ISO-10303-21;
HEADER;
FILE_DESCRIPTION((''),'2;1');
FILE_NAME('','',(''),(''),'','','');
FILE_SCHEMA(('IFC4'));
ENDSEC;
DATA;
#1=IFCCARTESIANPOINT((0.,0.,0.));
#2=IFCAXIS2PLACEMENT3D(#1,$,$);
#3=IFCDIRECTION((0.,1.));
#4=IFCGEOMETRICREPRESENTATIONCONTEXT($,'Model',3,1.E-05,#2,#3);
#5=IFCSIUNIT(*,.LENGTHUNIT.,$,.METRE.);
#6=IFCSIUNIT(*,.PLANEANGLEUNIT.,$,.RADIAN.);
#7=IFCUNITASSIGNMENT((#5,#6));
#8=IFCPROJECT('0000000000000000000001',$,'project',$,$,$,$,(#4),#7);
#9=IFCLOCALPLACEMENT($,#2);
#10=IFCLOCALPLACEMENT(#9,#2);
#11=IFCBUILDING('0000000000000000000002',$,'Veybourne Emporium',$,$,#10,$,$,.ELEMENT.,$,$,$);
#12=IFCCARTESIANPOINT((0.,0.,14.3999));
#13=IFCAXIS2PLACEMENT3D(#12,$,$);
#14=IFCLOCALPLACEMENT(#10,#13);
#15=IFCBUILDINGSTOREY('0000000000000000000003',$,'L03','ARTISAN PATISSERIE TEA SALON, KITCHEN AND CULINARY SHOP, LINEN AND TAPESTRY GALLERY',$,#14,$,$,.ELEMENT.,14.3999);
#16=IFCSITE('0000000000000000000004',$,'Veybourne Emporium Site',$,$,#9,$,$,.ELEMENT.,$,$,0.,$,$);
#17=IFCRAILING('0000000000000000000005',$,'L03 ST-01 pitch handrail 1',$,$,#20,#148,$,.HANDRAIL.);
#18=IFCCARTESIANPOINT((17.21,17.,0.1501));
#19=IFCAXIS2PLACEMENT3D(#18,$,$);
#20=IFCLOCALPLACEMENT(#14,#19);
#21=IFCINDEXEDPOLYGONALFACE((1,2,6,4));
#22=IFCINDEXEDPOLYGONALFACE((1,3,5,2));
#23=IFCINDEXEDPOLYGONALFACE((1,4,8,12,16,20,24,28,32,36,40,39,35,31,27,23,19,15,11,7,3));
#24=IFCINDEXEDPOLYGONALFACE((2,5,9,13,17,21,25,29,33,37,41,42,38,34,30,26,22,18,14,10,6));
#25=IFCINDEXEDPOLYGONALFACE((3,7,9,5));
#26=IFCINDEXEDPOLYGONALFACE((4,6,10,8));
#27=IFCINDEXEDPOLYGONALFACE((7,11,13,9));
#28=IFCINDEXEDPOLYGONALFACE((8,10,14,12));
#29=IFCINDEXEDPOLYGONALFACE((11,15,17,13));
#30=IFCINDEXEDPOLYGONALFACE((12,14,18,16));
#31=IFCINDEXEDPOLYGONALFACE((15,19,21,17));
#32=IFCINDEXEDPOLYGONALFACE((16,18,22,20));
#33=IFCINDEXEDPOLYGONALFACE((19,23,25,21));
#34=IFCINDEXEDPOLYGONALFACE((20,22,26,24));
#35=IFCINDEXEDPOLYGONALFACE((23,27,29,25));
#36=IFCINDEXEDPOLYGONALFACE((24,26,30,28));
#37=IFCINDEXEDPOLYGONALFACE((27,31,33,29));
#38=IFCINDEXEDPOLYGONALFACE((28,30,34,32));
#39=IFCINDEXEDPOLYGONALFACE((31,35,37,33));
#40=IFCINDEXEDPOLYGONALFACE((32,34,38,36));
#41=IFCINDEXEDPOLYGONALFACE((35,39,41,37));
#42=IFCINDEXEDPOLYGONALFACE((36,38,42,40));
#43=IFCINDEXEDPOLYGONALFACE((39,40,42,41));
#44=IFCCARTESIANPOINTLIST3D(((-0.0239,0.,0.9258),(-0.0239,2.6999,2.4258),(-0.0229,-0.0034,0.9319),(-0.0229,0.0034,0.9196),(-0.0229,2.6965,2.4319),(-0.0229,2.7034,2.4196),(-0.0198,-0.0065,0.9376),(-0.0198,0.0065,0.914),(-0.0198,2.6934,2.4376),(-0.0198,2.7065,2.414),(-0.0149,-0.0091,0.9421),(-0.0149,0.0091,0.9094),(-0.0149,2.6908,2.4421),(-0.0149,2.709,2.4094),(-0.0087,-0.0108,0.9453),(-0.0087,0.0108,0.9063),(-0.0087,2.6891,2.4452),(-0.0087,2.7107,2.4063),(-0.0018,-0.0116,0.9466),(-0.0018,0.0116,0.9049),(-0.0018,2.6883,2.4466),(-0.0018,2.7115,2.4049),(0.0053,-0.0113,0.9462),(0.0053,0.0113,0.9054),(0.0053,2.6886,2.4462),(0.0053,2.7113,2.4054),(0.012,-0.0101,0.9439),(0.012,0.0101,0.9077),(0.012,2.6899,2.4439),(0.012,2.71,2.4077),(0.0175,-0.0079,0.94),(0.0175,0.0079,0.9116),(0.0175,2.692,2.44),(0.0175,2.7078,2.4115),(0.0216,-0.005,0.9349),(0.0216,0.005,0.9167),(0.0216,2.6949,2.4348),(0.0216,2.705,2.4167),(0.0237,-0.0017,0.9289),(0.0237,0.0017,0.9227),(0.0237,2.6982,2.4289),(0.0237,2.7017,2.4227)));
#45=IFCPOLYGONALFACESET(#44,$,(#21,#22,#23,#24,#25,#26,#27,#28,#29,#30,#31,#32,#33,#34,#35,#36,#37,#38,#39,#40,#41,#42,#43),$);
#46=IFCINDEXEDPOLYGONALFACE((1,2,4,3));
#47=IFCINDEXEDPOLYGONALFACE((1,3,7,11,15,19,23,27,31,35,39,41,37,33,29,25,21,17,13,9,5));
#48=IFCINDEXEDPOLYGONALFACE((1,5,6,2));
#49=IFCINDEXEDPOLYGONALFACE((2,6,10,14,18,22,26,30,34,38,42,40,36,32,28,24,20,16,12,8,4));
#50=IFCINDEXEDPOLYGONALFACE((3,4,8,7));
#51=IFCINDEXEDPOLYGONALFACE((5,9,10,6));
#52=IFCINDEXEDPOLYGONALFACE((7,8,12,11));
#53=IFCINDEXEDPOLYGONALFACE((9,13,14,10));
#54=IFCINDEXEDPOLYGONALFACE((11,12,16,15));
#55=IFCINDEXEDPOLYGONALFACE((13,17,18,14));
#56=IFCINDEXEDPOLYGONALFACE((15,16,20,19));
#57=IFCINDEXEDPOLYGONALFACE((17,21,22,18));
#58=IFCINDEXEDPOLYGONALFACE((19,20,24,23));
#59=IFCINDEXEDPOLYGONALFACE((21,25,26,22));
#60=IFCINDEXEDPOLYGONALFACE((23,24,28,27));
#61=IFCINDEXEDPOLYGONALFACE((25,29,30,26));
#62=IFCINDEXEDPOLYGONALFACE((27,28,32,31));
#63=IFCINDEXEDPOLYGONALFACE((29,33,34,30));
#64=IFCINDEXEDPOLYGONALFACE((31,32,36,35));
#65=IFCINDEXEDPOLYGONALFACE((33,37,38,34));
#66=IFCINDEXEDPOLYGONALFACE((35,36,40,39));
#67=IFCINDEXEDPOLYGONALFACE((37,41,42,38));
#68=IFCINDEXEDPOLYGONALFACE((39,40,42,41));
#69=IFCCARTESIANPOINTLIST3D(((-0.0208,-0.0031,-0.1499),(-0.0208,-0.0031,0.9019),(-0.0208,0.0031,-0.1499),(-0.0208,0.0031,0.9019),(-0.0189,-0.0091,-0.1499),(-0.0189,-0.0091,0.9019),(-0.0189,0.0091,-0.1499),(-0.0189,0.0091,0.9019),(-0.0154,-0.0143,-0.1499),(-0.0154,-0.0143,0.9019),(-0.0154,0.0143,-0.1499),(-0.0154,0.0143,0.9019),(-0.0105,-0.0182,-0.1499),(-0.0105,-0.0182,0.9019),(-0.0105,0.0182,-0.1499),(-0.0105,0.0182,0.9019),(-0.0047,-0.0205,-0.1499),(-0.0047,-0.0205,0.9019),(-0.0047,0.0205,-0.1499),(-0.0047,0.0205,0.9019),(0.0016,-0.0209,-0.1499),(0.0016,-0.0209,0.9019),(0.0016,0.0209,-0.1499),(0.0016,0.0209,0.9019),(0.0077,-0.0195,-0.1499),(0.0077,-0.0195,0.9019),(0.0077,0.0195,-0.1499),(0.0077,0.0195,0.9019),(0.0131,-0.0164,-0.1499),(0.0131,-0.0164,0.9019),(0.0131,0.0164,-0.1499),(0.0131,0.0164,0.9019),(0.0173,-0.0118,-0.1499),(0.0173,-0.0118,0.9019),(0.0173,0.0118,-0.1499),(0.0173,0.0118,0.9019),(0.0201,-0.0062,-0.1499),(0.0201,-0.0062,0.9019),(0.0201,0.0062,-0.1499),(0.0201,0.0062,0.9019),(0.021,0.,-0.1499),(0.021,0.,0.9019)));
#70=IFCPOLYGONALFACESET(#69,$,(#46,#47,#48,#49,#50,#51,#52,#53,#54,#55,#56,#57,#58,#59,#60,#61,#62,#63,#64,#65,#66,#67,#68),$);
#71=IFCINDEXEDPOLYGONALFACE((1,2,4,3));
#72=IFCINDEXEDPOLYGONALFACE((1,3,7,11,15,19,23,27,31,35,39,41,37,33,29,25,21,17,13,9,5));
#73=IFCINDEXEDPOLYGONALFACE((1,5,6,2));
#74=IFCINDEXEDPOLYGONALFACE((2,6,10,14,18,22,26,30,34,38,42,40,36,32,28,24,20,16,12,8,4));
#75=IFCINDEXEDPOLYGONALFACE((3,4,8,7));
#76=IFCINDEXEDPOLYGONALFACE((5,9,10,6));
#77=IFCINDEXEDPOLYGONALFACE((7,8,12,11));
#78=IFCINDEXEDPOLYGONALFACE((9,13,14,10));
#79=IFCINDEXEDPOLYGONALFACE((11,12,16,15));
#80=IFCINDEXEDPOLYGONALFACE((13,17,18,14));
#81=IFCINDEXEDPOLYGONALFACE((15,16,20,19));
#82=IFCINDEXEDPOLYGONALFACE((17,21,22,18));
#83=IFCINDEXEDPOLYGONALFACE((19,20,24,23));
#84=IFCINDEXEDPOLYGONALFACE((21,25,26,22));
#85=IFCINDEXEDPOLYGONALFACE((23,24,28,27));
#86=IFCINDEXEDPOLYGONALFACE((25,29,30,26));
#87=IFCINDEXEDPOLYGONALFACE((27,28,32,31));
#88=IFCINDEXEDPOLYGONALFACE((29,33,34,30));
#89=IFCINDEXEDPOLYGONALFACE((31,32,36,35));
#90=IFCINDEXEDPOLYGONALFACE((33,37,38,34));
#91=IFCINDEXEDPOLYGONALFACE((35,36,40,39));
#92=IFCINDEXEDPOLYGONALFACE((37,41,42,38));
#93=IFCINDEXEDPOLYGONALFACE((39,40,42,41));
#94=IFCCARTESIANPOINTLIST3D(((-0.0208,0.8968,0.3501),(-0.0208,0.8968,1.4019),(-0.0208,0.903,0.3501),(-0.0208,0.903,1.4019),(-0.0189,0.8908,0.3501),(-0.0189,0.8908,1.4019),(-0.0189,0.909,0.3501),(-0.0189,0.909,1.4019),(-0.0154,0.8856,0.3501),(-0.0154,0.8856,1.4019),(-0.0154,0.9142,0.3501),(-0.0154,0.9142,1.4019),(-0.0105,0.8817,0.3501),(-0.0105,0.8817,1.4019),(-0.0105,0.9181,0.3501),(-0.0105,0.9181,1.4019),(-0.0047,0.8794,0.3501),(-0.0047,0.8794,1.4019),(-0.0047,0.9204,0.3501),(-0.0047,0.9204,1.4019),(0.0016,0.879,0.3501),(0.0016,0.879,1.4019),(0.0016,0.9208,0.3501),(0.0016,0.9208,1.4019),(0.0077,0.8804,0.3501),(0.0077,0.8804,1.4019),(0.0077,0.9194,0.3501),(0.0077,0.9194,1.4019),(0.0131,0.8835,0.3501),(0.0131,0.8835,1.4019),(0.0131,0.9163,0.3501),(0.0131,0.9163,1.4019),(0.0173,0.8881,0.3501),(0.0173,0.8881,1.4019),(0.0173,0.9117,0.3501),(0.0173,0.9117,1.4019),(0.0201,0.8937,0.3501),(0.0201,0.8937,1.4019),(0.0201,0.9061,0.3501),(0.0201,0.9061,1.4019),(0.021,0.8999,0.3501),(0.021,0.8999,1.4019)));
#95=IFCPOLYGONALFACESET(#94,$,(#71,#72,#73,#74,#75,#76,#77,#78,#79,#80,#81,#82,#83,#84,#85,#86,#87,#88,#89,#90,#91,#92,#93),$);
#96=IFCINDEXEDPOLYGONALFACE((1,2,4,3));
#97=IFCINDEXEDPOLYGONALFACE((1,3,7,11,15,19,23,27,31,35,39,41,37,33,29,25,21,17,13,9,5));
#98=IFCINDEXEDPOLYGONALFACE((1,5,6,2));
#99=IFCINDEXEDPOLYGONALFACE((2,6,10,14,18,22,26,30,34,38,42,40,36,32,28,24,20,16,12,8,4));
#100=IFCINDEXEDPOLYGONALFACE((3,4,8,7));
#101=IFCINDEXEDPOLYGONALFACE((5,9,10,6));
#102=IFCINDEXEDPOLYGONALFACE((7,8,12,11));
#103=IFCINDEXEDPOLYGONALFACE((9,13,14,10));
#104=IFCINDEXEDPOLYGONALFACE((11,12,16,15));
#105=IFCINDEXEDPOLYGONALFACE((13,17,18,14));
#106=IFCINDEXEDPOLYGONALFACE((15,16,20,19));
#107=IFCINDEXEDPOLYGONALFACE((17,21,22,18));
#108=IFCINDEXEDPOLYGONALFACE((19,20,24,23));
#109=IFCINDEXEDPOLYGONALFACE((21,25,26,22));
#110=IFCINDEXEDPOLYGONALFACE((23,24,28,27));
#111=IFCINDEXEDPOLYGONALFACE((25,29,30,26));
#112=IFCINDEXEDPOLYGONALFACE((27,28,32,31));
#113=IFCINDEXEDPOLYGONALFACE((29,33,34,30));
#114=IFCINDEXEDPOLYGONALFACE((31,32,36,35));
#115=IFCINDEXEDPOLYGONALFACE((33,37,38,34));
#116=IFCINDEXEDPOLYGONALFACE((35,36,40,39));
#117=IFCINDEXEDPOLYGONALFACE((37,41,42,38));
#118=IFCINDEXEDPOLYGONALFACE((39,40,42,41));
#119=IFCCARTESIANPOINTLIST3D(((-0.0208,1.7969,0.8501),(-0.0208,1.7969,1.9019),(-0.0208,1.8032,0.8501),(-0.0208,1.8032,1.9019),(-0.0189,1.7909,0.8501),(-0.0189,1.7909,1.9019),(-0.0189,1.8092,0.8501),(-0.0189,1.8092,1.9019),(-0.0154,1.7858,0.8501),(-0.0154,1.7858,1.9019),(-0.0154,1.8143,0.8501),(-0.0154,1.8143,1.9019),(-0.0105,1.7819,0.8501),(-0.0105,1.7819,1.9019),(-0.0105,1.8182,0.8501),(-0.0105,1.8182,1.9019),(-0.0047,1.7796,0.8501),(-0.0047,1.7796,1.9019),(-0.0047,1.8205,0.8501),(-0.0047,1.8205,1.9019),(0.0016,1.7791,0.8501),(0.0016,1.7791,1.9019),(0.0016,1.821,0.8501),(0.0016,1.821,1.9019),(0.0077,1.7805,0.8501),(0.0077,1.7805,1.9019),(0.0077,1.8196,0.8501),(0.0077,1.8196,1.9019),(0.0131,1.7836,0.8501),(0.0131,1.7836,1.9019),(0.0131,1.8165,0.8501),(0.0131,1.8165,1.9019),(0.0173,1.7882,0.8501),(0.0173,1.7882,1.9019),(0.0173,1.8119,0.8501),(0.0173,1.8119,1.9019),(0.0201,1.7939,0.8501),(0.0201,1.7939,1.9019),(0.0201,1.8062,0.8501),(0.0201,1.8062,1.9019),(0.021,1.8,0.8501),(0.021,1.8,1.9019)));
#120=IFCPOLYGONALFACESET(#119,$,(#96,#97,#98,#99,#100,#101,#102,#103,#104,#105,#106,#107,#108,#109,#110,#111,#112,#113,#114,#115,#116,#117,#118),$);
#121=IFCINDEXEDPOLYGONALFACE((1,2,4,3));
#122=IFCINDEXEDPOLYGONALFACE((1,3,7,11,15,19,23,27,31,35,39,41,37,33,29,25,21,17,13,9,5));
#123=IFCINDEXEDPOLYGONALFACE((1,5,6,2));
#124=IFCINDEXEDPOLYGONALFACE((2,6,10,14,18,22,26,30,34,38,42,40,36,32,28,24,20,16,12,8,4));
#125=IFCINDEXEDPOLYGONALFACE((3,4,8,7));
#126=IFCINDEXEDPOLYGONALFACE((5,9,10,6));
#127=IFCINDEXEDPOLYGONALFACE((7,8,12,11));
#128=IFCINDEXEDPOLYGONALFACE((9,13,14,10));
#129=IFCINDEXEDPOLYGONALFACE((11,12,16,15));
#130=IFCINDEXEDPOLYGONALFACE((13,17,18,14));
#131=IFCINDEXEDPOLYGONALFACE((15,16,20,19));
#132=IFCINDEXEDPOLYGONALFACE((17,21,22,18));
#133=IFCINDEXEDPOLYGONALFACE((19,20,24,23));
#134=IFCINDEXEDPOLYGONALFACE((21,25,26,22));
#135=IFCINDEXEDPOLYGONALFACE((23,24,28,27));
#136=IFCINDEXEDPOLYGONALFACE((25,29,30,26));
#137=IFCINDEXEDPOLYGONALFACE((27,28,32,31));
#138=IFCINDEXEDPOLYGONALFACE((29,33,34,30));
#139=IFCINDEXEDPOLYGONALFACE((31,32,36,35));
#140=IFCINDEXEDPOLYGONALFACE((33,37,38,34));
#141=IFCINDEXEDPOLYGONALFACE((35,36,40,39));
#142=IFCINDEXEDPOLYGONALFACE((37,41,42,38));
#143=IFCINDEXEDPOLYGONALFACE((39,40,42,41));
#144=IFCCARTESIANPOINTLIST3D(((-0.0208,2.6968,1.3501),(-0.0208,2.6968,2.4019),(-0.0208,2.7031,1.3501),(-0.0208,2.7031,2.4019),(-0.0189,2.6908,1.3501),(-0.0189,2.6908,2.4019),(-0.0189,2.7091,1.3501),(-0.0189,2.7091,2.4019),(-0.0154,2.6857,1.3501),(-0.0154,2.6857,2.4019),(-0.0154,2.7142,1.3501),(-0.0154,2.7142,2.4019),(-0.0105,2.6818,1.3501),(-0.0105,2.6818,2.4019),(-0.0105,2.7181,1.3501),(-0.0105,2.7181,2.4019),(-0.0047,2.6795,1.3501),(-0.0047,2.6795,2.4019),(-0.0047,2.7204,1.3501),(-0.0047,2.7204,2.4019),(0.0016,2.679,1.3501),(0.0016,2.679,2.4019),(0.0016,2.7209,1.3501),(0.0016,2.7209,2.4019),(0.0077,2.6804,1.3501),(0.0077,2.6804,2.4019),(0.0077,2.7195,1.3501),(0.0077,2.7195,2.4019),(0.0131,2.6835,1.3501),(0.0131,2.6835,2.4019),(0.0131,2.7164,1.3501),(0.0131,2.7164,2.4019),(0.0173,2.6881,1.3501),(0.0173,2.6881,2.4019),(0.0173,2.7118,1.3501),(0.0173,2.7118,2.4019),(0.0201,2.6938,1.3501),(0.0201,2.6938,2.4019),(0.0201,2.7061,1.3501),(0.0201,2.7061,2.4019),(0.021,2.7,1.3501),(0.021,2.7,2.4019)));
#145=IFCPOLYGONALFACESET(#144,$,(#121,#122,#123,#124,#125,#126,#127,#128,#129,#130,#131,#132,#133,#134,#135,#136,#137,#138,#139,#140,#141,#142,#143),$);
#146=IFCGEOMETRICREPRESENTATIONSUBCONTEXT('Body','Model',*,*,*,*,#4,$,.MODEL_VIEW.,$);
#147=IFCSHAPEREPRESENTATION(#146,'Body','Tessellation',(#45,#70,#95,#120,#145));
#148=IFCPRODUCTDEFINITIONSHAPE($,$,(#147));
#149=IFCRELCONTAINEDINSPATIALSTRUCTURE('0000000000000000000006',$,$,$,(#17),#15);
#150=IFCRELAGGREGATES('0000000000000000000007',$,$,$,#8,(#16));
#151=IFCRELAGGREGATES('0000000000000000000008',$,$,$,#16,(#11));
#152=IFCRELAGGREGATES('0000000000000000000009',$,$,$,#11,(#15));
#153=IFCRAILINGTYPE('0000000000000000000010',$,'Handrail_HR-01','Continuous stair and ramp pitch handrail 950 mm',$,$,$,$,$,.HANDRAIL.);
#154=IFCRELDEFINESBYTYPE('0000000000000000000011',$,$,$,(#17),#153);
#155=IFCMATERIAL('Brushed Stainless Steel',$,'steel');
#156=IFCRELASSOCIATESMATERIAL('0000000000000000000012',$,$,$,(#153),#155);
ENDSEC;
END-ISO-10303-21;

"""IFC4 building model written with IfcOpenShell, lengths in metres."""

from ifc_helpers import new_model, si_unit, direction, frame, origin, origin_2d, place, context, subcontext, project, spatial, circle, extrude, material, type_object, element, save


model = new_model("IFC4")

# Units and contexts
model_context = context("Model", 3, precision=1e-05, world=origin(), true_north=direction((0.0, 1.0)))
body_context = subcontext(model_context, "Body", "Model", "MODEL_VIEW")
ifc_project = project(units=[si_unit("LENGTHUNIT", "METRE"), si_unit("PLANEANGLEUNIT", "RADIAN")], contexts=[model_context])

# Site, building, storey
site_placement = place(None, origin())
site = spatial("IfcSite", under=ifc_project, at=site_placement, Name="Veybourne Emporium Site", CompositionType="ELEMENT", RefElevation=0.0)
building_placement = place(site_placement, origin())
building = spatial("IfcBuilding", under=site, at=building_placement, Name="Veybourne Emporium", CompositionType="ELEMENT")
storey_placement = place(building_placement, frame((0.0, 0.0, 14.3999)))
storey = spatial("IfcBuildingStorey", under=building, at=storey_placement, Name="L03", Description="ARTISAN PATISSERIE TEA SALON, KITCHEN AND CULINARY SHOP, LINEN AND TAPESTRY GALLERY", CompositionType="ELEMENT", Elevation=14.3999)

# Railing
ifc_material_1 = material(Name="Brushed Stainless Steel", Category="steel")
railing_type_1 = type_object("IfcRailingType", Name="Handrail_HR-01", Description="Continuous stair and ramp pitch handrail 950 mm", PredefinedType="HANDRAIL", material=ifc_material_1)
railing_1_placement = place(storey_placement, frame((17.21, 17.0, 0.1501)))
element("IfcRailing", 1, at=railing_1_placement, inside=storey, type_object=railing_type_1, Name="L03 ST-01 pitch handrail 1", PredefinedType="HANDRAIL", context=body_context, shape_type="SweptSolid", body=[
    extrude(circle(Radius=0.0239, at=origin_2d()), frame((0.0, 0.0, 0.9258), z_axis=(0.0, 0.874154, 0.48565), x_axis=(-1.0, 0.0, 0.0)), (0.0, 0.0, 1.0), 3.0886),
    extrude(circle(Radius=0.021, at=origin_2d()), frame((0.0, 0.0, -0.1499)), (0.0, 0.0, 1.0), 1.0518),
    extrude(circle(Radius=0.021, at=origin_2d()), frame((0.0, 0.8999, 0.3501)), (0.0, 0.0, 1.0), 1.0518),
    extrude(circle(Radius=0.021, at=origin_2d()), frame((0.0, 1.8, 0.8501)), (0.0, 0.0, 1.0), 1.0518),
    extrude(circle(Radius=0.021, at=origin_2d()), frame((0.0, 2.7, 1.3501)), (0.0, 0.0, 1.0), 1.0518),
])

save(model, "model.ifc")
